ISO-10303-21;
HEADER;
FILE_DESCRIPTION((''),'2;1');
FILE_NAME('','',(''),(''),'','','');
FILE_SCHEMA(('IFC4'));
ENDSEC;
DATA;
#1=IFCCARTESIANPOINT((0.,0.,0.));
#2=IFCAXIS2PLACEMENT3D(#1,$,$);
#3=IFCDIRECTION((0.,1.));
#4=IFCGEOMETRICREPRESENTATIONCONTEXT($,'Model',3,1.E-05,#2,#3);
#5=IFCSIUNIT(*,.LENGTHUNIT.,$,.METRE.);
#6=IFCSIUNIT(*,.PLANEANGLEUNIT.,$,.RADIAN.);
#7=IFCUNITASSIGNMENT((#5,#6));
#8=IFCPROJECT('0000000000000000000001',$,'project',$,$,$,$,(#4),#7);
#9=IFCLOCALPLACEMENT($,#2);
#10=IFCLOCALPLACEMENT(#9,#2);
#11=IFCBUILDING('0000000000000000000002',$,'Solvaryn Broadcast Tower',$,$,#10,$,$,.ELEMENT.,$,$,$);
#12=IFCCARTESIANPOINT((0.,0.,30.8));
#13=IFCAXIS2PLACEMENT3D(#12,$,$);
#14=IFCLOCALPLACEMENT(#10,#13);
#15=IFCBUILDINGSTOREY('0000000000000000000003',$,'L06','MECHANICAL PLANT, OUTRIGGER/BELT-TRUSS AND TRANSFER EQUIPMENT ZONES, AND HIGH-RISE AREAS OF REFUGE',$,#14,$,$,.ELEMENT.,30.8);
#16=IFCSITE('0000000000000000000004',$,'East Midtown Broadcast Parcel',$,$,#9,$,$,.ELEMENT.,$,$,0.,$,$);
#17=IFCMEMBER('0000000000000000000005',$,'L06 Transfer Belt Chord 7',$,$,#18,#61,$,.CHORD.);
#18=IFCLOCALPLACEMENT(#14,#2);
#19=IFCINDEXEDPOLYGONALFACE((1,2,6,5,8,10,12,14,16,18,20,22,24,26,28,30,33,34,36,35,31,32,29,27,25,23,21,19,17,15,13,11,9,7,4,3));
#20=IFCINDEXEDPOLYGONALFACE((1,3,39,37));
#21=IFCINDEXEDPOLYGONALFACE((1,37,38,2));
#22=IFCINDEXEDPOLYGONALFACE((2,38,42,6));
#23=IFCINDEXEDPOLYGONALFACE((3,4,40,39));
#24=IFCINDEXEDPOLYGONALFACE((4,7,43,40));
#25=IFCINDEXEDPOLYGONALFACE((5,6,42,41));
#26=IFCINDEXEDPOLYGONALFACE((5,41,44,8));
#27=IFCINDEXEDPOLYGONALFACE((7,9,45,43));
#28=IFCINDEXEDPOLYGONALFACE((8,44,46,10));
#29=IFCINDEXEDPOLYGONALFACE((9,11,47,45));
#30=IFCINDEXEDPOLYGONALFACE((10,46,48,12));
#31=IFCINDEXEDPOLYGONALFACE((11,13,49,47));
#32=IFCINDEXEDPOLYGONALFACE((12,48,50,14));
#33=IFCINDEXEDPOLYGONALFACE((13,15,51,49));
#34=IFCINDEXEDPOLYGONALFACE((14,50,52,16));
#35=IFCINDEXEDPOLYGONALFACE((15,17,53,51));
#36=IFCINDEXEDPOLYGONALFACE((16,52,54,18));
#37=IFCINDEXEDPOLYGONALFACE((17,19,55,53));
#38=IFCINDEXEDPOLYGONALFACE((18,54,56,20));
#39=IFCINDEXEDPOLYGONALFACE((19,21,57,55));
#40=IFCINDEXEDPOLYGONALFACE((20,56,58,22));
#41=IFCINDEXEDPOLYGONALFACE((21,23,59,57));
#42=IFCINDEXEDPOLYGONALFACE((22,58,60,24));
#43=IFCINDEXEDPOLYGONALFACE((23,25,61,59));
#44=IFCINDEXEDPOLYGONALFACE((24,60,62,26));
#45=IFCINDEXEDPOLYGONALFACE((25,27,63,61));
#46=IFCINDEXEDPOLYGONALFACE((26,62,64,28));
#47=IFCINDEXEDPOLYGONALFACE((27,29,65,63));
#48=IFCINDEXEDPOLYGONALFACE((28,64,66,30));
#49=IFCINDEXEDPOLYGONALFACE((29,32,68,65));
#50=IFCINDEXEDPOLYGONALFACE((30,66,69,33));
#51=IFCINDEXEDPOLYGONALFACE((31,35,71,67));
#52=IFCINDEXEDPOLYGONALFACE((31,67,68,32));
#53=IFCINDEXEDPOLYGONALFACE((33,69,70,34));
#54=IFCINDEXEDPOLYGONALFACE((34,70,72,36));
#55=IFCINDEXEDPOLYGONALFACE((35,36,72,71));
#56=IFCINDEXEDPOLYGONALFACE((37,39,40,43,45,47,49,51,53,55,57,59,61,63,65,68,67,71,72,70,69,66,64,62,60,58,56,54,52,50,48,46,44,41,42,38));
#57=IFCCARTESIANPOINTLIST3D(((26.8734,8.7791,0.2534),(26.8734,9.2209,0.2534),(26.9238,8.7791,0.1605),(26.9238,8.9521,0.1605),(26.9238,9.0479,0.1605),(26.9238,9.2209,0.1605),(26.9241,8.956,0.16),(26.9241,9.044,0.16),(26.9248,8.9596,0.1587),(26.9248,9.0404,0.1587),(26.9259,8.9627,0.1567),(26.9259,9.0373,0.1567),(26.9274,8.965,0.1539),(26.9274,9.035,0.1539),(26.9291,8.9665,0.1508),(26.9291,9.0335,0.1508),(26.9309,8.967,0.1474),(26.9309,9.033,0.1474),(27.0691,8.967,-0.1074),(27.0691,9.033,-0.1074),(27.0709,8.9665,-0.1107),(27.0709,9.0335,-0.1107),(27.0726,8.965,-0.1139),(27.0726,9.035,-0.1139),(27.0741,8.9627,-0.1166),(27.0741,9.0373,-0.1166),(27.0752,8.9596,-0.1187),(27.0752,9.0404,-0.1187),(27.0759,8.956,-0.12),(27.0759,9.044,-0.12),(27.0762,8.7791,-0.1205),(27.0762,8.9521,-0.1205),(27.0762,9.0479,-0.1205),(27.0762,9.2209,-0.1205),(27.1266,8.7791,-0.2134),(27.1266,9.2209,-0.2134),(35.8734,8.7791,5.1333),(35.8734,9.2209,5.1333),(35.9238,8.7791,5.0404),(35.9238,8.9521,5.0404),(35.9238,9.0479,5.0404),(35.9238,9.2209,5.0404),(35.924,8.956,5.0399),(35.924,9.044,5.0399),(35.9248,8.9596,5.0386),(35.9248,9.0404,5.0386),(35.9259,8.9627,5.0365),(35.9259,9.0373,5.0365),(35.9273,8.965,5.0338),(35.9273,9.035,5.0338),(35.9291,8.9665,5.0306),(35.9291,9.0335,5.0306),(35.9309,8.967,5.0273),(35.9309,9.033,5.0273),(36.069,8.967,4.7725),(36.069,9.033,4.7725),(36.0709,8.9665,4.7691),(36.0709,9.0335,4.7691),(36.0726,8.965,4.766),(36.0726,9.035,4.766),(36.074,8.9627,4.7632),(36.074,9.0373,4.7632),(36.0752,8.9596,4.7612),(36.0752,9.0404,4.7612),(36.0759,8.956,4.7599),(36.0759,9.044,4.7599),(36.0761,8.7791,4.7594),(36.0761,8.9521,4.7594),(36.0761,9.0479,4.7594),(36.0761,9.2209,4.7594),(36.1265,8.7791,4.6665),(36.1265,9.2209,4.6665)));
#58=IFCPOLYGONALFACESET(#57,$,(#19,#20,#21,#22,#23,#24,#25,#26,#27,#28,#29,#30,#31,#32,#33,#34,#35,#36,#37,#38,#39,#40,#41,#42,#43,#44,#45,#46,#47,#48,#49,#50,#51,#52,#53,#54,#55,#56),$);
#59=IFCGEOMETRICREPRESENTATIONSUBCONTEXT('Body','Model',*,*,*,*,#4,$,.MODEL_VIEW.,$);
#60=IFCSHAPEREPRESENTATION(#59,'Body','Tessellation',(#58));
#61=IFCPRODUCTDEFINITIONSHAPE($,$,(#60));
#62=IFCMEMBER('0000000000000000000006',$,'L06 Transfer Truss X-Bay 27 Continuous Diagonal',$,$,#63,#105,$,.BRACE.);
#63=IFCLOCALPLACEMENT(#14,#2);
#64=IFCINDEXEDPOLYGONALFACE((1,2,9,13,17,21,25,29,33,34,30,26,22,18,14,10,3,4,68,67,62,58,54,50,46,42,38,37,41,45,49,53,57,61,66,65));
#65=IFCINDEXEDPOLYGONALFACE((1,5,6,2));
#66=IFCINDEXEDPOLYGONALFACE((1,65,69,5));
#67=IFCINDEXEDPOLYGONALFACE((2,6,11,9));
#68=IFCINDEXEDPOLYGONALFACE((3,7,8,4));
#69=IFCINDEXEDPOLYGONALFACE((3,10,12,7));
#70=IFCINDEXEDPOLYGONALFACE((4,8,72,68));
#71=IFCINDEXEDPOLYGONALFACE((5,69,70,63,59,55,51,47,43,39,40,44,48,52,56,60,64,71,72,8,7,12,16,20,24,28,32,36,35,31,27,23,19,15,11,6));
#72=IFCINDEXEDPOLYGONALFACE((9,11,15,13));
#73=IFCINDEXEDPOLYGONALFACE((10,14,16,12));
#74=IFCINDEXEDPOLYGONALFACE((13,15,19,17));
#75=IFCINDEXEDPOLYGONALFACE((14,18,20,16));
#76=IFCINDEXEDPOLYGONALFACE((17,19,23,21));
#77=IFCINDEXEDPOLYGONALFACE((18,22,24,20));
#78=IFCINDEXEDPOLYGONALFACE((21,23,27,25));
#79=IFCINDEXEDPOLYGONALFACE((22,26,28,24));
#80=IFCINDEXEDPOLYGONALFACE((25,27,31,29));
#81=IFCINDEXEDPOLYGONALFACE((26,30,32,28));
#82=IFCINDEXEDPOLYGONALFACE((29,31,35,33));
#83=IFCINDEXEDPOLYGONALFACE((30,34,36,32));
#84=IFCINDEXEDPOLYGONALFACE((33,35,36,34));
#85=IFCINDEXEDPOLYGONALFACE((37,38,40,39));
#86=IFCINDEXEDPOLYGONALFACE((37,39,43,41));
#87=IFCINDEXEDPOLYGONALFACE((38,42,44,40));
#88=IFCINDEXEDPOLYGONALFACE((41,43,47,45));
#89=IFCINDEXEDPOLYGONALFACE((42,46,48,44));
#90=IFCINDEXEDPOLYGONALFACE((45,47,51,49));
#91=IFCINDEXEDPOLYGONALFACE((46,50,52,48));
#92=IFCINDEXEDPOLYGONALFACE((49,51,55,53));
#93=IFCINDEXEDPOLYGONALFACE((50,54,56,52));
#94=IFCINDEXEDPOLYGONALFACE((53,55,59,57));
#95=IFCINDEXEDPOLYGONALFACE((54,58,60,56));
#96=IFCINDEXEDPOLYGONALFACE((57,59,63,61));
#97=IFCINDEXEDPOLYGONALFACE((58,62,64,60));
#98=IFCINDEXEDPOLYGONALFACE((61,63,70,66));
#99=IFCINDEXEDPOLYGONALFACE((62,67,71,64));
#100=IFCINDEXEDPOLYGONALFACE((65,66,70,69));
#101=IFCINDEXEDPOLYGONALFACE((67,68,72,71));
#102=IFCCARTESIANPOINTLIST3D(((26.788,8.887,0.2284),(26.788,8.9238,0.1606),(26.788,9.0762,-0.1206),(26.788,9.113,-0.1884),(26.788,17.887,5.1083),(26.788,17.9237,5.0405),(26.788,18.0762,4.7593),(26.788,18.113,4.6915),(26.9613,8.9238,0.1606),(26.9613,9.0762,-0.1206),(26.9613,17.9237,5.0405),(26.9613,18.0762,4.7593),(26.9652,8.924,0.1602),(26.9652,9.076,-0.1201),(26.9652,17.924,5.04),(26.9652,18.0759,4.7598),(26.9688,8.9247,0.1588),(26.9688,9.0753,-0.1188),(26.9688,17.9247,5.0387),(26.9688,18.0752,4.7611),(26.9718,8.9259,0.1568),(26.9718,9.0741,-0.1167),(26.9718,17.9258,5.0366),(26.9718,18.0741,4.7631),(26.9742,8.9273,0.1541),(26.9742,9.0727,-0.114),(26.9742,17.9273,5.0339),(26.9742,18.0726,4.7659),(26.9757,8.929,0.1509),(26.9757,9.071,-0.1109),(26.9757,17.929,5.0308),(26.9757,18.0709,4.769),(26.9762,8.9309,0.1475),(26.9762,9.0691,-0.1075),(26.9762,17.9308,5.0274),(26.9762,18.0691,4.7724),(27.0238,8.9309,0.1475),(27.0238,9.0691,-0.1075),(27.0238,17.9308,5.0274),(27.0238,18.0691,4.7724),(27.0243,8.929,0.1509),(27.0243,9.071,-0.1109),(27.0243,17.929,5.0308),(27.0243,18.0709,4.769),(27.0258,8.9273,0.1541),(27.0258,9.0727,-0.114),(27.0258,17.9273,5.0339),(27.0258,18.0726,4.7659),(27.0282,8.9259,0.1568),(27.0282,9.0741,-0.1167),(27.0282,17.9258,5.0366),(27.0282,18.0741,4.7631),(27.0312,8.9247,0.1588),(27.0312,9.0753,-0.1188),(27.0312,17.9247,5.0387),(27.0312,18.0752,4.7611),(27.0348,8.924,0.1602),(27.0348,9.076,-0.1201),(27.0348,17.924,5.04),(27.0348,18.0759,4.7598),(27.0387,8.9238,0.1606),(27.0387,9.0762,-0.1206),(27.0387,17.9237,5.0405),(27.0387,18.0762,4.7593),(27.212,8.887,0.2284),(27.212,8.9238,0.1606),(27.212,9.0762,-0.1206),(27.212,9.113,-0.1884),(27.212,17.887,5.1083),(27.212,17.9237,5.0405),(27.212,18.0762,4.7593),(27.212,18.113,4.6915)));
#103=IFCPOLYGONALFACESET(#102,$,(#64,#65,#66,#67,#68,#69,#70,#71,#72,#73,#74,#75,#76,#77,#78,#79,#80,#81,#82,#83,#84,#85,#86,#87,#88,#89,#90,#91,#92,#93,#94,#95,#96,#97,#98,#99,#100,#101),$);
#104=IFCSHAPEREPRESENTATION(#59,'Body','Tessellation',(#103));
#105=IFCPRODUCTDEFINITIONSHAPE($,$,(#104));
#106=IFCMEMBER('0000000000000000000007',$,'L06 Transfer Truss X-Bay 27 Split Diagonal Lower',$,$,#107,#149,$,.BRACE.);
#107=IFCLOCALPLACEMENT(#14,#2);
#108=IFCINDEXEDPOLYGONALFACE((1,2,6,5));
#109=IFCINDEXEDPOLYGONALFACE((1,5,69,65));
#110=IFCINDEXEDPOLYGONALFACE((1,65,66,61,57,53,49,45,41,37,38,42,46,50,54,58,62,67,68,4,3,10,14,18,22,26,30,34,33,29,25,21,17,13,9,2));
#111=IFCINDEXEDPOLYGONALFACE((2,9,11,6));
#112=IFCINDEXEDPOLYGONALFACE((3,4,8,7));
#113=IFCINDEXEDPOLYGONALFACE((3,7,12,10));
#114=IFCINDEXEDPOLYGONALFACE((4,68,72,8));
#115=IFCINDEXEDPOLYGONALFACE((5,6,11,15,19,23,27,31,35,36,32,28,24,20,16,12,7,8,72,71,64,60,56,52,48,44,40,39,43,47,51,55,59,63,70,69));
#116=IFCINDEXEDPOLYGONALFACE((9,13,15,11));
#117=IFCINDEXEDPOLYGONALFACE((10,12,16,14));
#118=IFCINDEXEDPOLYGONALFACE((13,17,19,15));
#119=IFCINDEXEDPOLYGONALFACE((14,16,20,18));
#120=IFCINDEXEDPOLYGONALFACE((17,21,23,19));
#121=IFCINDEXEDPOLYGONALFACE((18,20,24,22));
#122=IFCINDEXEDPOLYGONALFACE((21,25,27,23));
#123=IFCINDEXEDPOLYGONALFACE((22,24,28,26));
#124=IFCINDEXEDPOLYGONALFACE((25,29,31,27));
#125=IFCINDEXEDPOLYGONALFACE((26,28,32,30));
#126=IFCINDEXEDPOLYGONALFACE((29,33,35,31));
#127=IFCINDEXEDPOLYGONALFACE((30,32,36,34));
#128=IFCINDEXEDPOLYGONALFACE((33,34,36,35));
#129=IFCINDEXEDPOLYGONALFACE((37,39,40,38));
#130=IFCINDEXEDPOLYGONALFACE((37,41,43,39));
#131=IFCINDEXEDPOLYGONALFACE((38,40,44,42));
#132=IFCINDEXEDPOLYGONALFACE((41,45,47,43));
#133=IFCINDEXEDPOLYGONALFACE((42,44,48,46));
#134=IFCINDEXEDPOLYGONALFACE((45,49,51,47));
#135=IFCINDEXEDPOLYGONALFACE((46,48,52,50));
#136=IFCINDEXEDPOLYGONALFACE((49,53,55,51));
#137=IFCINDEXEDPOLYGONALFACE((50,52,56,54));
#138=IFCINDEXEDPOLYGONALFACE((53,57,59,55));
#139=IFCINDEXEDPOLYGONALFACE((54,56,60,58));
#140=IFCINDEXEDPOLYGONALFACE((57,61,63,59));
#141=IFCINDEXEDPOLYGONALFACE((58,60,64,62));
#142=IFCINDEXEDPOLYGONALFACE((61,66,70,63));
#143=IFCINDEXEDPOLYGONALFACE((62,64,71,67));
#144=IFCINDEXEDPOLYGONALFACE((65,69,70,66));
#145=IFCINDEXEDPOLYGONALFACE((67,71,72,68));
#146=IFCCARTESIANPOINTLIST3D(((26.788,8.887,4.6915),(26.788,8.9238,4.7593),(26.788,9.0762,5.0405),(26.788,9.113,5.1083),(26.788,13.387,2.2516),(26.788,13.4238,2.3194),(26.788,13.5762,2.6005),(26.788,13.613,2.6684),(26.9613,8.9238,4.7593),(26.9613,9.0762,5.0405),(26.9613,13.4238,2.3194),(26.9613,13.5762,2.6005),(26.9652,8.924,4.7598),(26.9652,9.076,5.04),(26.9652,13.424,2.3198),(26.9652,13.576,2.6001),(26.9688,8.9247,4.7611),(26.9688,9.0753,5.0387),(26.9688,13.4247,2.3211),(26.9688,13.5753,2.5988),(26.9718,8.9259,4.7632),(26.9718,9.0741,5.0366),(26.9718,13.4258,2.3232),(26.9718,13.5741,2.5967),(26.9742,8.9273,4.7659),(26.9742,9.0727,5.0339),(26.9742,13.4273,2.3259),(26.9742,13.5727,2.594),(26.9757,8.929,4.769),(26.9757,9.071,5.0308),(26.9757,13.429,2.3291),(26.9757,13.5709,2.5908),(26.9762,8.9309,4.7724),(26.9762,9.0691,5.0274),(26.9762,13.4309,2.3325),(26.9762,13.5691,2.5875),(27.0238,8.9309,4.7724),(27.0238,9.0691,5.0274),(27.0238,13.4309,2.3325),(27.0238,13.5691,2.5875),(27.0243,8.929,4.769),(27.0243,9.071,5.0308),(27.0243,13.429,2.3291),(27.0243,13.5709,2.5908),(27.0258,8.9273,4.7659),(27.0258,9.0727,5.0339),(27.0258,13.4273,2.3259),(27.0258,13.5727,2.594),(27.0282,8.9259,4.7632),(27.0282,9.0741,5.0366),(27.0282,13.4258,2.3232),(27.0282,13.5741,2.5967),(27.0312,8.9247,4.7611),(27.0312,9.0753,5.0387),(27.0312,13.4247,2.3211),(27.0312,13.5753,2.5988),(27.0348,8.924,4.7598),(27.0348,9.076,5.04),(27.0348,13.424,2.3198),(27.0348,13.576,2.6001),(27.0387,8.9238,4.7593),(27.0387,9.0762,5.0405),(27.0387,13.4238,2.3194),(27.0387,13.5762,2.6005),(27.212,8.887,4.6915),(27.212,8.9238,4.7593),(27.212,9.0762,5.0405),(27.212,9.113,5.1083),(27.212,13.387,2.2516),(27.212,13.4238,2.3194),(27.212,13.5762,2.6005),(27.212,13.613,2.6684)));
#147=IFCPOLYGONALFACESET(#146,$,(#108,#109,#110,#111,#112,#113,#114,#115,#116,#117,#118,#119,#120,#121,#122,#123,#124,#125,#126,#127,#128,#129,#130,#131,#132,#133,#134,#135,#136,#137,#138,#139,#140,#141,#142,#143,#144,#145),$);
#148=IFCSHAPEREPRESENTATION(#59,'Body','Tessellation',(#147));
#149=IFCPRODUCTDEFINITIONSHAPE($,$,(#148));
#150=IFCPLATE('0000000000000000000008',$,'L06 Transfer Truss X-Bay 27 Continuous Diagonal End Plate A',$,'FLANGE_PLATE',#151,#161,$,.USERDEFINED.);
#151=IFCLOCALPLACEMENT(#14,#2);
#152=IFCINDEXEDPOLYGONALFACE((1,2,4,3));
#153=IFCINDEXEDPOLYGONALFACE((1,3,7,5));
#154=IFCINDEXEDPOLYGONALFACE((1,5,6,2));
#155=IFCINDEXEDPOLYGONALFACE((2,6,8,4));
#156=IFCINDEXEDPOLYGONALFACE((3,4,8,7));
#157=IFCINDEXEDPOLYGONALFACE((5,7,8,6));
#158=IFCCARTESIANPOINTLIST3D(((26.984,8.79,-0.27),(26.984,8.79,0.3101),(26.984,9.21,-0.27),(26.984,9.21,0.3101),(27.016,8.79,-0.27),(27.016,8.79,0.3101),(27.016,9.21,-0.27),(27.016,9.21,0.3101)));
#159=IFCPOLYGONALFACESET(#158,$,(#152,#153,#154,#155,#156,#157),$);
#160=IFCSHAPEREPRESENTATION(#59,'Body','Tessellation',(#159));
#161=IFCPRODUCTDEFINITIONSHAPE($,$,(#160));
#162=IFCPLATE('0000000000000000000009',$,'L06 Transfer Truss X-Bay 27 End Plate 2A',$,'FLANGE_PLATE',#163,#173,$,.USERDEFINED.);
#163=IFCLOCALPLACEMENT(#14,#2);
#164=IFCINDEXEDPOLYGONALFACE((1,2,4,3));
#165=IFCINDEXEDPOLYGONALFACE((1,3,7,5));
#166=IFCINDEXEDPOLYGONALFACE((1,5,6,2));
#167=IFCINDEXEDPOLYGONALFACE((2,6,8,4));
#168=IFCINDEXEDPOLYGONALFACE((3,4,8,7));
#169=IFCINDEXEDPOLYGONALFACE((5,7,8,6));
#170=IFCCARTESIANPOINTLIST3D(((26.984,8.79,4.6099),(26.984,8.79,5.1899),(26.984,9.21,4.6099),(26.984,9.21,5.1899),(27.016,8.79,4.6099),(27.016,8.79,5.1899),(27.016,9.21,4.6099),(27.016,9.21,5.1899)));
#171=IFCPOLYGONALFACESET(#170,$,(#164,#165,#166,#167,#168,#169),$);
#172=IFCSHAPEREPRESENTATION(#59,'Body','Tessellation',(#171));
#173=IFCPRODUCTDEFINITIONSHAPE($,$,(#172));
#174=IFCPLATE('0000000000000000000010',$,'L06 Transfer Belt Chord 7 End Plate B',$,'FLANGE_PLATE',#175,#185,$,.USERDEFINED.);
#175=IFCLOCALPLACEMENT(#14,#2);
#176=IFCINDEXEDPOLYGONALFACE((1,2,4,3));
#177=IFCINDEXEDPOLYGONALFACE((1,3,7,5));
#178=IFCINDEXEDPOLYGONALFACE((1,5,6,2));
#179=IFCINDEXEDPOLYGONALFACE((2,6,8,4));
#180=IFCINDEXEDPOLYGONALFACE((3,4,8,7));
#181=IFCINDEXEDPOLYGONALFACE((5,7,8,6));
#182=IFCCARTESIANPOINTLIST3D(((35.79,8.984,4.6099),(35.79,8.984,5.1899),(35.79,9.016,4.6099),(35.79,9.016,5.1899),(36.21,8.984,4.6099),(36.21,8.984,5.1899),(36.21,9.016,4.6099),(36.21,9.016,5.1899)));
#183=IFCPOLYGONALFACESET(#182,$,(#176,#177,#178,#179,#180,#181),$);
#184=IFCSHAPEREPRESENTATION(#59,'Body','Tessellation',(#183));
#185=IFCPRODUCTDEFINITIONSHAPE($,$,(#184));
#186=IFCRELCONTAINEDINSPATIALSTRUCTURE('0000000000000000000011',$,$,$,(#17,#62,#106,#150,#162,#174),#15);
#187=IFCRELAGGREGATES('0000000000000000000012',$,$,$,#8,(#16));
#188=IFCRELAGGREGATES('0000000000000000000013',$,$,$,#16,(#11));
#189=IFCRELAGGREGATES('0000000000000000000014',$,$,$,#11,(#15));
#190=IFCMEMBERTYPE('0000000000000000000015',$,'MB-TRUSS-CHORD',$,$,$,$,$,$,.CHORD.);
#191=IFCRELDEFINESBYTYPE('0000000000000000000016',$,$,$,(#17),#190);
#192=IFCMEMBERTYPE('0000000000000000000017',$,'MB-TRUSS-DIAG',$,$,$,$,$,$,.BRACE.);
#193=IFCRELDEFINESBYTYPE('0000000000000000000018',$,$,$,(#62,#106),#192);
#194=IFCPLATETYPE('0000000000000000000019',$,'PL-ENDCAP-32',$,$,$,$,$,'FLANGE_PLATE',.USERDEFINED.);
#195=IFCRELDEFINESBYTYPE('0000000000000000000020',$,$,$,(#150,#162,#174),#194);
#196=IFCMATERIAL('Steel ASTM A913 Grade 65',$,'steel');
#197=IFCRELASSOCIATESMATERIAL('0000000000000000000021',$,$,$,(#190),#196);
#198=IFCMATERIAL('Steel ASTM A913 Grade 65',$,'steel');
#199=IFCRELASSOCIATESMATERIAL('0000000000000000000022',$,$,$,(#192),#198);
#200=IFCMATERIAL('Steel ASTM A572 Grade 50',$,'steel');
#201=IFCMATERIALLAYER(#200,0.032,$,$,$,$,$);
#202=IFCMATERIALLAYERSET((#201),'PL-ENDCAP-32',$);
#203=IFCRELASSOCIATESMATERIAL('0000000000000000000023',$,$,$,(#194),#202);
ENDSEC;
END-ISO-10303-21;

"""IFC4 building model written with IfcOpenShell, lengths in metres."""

from ifc_helpers import new_model, si_unit, direction, frame, origin, origin_2d, place, context, subcontext, project, spatial, rectangle, i_section, extrude, material, layer, layer_set, material_profile, profile_set, type_object, element, save


model = new_model("IFC4")

# Units and contexts
model_context = context("Model", 3, precision=1e-05, world=origin(), true_north=direction((0.0, 1.0)))
body_context = subcontext(model_context, "Body", "Model", "MODEL_VIEW")
ifc_project = project(units=[si_unit("LENGTHUNIT", "METRE"), si_unit("PLANEANGLEUNIT", "RADIAN")], contexts=[model_context])

# Site, building, storey
site_placement = place(None, origin())
site = spatial("IfcSite", under=ifc_project, at=site_placement, Name="East Midtown Broadcast Parcel", CompositionType="ELEMENT", RefElevation=0.0)
building_placement = place(site_placement, origin())
building = spatial("IfcBuilding", under=site, at=building_placement, Name="Solvaryn Broadcast Tower", CompositionType="ELEMENT")
storey_placement = place(building_placement, frame((0.0, 0.0, 30.8)))
storey = spatial("IfcBuildingStorey", under=building, at=storey_placement, Name="L06", Description="MECHANICAL PLANT, OUTRIGGER/BELT-TRUSS AND TRANSFER EQUIPMENT ZONES, AND HIGH-RISE AREAS OF REFUGE", CompositionType="ELEMENT", Elevation=30.8)

# Members
ifc_material_1 = material(Name="Steel ASTM A913 Grade 65", Category="steel")
ifc_material_profile_1 = material_profile(ifc_material_1, i_section(OverallWidth=0.4419, OverallDepth=0.531, WebThickness=0.0659, FlangeThickness=0.1057, FilletRadius=0.0149, at=origin_2d()))
ifc_profile_set_1 = profile_set([ifc_material_profile_1], Name="Steel ASTM A913 Grade 65")
member_type_1 = type_object("IfcMemberType", Name="MB-TRUSS-CHORD", PredefinedType="CHORD", material=ifc_profile_set_1)
member_1_placement = place(storey_placement, frame((27.0, 9.0, 0.02), z_axis=(0.879092, 0.0, 0.476652), x_axis=(0.0, 1.0, 0.0)))
element("IfcMember", 1, at=member_1_placement, inside=storey, type_object=member_type_1, Name="L06 Transfer Belt Chord 7", PredefinedType="CHORD", context=body_context, shape_type="SweptSolid", body=[
    extrude(i_section(OverallWidth=0.4419, OverallDepth=0.531, WebThickness=0.0659, FlangeThickness=0.1057, FilletRadius=0.0149, at=origin_2d()), origin(), (0.0, 0.0, 1.0), 10.2378),
])
ifc_material_2 = material(Name="Steel ASTM A913 Grade 65", Category="steel")
ifc_material_profile_2 = material_profile(ifc_material_2, i_section(OverallWidth=0.4241, OverallDepth=0.4741, WebThickness=0.0476, FlangeThickness=0.0771, FilletRadius=0.0149, at=origin_2d()))
ifc_profile_set_2 = profile_set([ifc_material_profile_2], Name="Steel ASTM A913 Grade 65")
member_type_2 = type_object("IfcMemberType", Name="MB-TRUSS-DIAG", PredefinedType="BRACE", material=ifc_profile_set_2)
member_2_placement = place(storey_placement, frame((27.0, 9.0, 0.02), z_axis=(0.0, 0.879092, 0.476652), x_axis=(-1.0, 0.0, 0.0)))
element("IfcMember", 2, at=member_2_placement, inside=storey, type_object=member_type_2, Name="L06 Transfer Truss X-Bay 27 Continuous Diagonal", PredefinedType="BRACE", context=body_context, shape_type="SweptSolid", body=[
    extrude(i_section(OverallWidth=0.4241, OverallDepth=0.4741, WebThickness=0.0476, FlangeThickness=0.0771, FilletRadius=0.0149, at=origin_2d()), origin(), (0.0, 0.0, 1.0), 10.2378),
])
member_3_placement = place(storey_placement, frame((27.0, 9.0, 4.8999), z_axis=(0.0, 0.879092, -0.476652), x_axis=(-1.0, 0.0, 0.0)))
element("IfcMember", 3, at=member_3_placement, inside=storey, type_object=member_type_2, Name="L06 Transfer Truss X-Bay 27 Split Diagonal Lower", PredefinedType="BRACE", context=body_context, shape_type="SweptSolid", body=[
    extrude(i_section(OverallWidth=0.4241, OverallDepth=0.4741, WebThickness=0.0476, FlangeThickness=0.0771, FilletRadius=0.0149, at=origin_2d()), origin(), (0.0, 0.0, 1.0), 5.1189),
])

# Plates
ifc_material_3 = material(Name="Steel ASTM A572 Grade 50", Category="steel")
ifc_layer_1 = layer(ifc_material_3, 0.032)
ifc_layer_set_1 = layer_set([ifc_layer_1], Name="PL-ENDCAP-32")
plate_type = type_object("IfcPlateType", Name="PL-ENDCAP-32", ElementType="FLANGE_PLATE", PredefinedType="USERDEFINED", material=ifc_layer_set_1)
for number, where, z_axis, x_axis, name in (
    (4, (27.0, 9.0, -0.27), (0.0, 0.0, 1.0), (1.0, 0.0, 0.0), "L06 Transfer Truss X-Bay 27 Continuous Diagonal End Plate A"),
    (5, (27.0, 9.0, 4.6099), (0.0, 0.0, 1.0), (1.0, 0.0, 0.0), "L06 Transfer Truss X-Bay 27 End Plate 2A"),
):
    element("IfcPlate", number, at=place(storey_placement, frame(where, z_axis=z_axis, x_axis=x_axis)), inside=storey, type_object=plate_type, Name=name, ObjectType="FLANGE_PLATE", PredefinedType="USERDEFINED", context=body_context, shape_type="SweptSolid", body=[
        extrude(rectangle(XDim=0.032, YDim=0.4199, at=origin_2d()), origin(), (0.0, 0.0, 1.0), 0.5801),
    ])
plate_placement = place(storey_placement, frame((36.0, 9.0, 4.6099), z_axis=(0.0, 0.0, 1.0), x_axis=(1.0, 0.0, 0.0)))
element("IfcPlate", 6, at=plate_placement, inside=storey, type_object=plate_type, Name="L06 Transfer Belt Chord 7 End Plate B", ObjectType="FLANGE_PLATE", PredefinedType="USERDEFINED", context=body_context, shape_type="SweptSolid", body=[
    extrude(rectangle(XDim=0.4199, YDim=0.032, at=origin_2d()), origin(), (0.0, 0.0, 1.0), 0.5801),
])

save(model, "model.ifc")
